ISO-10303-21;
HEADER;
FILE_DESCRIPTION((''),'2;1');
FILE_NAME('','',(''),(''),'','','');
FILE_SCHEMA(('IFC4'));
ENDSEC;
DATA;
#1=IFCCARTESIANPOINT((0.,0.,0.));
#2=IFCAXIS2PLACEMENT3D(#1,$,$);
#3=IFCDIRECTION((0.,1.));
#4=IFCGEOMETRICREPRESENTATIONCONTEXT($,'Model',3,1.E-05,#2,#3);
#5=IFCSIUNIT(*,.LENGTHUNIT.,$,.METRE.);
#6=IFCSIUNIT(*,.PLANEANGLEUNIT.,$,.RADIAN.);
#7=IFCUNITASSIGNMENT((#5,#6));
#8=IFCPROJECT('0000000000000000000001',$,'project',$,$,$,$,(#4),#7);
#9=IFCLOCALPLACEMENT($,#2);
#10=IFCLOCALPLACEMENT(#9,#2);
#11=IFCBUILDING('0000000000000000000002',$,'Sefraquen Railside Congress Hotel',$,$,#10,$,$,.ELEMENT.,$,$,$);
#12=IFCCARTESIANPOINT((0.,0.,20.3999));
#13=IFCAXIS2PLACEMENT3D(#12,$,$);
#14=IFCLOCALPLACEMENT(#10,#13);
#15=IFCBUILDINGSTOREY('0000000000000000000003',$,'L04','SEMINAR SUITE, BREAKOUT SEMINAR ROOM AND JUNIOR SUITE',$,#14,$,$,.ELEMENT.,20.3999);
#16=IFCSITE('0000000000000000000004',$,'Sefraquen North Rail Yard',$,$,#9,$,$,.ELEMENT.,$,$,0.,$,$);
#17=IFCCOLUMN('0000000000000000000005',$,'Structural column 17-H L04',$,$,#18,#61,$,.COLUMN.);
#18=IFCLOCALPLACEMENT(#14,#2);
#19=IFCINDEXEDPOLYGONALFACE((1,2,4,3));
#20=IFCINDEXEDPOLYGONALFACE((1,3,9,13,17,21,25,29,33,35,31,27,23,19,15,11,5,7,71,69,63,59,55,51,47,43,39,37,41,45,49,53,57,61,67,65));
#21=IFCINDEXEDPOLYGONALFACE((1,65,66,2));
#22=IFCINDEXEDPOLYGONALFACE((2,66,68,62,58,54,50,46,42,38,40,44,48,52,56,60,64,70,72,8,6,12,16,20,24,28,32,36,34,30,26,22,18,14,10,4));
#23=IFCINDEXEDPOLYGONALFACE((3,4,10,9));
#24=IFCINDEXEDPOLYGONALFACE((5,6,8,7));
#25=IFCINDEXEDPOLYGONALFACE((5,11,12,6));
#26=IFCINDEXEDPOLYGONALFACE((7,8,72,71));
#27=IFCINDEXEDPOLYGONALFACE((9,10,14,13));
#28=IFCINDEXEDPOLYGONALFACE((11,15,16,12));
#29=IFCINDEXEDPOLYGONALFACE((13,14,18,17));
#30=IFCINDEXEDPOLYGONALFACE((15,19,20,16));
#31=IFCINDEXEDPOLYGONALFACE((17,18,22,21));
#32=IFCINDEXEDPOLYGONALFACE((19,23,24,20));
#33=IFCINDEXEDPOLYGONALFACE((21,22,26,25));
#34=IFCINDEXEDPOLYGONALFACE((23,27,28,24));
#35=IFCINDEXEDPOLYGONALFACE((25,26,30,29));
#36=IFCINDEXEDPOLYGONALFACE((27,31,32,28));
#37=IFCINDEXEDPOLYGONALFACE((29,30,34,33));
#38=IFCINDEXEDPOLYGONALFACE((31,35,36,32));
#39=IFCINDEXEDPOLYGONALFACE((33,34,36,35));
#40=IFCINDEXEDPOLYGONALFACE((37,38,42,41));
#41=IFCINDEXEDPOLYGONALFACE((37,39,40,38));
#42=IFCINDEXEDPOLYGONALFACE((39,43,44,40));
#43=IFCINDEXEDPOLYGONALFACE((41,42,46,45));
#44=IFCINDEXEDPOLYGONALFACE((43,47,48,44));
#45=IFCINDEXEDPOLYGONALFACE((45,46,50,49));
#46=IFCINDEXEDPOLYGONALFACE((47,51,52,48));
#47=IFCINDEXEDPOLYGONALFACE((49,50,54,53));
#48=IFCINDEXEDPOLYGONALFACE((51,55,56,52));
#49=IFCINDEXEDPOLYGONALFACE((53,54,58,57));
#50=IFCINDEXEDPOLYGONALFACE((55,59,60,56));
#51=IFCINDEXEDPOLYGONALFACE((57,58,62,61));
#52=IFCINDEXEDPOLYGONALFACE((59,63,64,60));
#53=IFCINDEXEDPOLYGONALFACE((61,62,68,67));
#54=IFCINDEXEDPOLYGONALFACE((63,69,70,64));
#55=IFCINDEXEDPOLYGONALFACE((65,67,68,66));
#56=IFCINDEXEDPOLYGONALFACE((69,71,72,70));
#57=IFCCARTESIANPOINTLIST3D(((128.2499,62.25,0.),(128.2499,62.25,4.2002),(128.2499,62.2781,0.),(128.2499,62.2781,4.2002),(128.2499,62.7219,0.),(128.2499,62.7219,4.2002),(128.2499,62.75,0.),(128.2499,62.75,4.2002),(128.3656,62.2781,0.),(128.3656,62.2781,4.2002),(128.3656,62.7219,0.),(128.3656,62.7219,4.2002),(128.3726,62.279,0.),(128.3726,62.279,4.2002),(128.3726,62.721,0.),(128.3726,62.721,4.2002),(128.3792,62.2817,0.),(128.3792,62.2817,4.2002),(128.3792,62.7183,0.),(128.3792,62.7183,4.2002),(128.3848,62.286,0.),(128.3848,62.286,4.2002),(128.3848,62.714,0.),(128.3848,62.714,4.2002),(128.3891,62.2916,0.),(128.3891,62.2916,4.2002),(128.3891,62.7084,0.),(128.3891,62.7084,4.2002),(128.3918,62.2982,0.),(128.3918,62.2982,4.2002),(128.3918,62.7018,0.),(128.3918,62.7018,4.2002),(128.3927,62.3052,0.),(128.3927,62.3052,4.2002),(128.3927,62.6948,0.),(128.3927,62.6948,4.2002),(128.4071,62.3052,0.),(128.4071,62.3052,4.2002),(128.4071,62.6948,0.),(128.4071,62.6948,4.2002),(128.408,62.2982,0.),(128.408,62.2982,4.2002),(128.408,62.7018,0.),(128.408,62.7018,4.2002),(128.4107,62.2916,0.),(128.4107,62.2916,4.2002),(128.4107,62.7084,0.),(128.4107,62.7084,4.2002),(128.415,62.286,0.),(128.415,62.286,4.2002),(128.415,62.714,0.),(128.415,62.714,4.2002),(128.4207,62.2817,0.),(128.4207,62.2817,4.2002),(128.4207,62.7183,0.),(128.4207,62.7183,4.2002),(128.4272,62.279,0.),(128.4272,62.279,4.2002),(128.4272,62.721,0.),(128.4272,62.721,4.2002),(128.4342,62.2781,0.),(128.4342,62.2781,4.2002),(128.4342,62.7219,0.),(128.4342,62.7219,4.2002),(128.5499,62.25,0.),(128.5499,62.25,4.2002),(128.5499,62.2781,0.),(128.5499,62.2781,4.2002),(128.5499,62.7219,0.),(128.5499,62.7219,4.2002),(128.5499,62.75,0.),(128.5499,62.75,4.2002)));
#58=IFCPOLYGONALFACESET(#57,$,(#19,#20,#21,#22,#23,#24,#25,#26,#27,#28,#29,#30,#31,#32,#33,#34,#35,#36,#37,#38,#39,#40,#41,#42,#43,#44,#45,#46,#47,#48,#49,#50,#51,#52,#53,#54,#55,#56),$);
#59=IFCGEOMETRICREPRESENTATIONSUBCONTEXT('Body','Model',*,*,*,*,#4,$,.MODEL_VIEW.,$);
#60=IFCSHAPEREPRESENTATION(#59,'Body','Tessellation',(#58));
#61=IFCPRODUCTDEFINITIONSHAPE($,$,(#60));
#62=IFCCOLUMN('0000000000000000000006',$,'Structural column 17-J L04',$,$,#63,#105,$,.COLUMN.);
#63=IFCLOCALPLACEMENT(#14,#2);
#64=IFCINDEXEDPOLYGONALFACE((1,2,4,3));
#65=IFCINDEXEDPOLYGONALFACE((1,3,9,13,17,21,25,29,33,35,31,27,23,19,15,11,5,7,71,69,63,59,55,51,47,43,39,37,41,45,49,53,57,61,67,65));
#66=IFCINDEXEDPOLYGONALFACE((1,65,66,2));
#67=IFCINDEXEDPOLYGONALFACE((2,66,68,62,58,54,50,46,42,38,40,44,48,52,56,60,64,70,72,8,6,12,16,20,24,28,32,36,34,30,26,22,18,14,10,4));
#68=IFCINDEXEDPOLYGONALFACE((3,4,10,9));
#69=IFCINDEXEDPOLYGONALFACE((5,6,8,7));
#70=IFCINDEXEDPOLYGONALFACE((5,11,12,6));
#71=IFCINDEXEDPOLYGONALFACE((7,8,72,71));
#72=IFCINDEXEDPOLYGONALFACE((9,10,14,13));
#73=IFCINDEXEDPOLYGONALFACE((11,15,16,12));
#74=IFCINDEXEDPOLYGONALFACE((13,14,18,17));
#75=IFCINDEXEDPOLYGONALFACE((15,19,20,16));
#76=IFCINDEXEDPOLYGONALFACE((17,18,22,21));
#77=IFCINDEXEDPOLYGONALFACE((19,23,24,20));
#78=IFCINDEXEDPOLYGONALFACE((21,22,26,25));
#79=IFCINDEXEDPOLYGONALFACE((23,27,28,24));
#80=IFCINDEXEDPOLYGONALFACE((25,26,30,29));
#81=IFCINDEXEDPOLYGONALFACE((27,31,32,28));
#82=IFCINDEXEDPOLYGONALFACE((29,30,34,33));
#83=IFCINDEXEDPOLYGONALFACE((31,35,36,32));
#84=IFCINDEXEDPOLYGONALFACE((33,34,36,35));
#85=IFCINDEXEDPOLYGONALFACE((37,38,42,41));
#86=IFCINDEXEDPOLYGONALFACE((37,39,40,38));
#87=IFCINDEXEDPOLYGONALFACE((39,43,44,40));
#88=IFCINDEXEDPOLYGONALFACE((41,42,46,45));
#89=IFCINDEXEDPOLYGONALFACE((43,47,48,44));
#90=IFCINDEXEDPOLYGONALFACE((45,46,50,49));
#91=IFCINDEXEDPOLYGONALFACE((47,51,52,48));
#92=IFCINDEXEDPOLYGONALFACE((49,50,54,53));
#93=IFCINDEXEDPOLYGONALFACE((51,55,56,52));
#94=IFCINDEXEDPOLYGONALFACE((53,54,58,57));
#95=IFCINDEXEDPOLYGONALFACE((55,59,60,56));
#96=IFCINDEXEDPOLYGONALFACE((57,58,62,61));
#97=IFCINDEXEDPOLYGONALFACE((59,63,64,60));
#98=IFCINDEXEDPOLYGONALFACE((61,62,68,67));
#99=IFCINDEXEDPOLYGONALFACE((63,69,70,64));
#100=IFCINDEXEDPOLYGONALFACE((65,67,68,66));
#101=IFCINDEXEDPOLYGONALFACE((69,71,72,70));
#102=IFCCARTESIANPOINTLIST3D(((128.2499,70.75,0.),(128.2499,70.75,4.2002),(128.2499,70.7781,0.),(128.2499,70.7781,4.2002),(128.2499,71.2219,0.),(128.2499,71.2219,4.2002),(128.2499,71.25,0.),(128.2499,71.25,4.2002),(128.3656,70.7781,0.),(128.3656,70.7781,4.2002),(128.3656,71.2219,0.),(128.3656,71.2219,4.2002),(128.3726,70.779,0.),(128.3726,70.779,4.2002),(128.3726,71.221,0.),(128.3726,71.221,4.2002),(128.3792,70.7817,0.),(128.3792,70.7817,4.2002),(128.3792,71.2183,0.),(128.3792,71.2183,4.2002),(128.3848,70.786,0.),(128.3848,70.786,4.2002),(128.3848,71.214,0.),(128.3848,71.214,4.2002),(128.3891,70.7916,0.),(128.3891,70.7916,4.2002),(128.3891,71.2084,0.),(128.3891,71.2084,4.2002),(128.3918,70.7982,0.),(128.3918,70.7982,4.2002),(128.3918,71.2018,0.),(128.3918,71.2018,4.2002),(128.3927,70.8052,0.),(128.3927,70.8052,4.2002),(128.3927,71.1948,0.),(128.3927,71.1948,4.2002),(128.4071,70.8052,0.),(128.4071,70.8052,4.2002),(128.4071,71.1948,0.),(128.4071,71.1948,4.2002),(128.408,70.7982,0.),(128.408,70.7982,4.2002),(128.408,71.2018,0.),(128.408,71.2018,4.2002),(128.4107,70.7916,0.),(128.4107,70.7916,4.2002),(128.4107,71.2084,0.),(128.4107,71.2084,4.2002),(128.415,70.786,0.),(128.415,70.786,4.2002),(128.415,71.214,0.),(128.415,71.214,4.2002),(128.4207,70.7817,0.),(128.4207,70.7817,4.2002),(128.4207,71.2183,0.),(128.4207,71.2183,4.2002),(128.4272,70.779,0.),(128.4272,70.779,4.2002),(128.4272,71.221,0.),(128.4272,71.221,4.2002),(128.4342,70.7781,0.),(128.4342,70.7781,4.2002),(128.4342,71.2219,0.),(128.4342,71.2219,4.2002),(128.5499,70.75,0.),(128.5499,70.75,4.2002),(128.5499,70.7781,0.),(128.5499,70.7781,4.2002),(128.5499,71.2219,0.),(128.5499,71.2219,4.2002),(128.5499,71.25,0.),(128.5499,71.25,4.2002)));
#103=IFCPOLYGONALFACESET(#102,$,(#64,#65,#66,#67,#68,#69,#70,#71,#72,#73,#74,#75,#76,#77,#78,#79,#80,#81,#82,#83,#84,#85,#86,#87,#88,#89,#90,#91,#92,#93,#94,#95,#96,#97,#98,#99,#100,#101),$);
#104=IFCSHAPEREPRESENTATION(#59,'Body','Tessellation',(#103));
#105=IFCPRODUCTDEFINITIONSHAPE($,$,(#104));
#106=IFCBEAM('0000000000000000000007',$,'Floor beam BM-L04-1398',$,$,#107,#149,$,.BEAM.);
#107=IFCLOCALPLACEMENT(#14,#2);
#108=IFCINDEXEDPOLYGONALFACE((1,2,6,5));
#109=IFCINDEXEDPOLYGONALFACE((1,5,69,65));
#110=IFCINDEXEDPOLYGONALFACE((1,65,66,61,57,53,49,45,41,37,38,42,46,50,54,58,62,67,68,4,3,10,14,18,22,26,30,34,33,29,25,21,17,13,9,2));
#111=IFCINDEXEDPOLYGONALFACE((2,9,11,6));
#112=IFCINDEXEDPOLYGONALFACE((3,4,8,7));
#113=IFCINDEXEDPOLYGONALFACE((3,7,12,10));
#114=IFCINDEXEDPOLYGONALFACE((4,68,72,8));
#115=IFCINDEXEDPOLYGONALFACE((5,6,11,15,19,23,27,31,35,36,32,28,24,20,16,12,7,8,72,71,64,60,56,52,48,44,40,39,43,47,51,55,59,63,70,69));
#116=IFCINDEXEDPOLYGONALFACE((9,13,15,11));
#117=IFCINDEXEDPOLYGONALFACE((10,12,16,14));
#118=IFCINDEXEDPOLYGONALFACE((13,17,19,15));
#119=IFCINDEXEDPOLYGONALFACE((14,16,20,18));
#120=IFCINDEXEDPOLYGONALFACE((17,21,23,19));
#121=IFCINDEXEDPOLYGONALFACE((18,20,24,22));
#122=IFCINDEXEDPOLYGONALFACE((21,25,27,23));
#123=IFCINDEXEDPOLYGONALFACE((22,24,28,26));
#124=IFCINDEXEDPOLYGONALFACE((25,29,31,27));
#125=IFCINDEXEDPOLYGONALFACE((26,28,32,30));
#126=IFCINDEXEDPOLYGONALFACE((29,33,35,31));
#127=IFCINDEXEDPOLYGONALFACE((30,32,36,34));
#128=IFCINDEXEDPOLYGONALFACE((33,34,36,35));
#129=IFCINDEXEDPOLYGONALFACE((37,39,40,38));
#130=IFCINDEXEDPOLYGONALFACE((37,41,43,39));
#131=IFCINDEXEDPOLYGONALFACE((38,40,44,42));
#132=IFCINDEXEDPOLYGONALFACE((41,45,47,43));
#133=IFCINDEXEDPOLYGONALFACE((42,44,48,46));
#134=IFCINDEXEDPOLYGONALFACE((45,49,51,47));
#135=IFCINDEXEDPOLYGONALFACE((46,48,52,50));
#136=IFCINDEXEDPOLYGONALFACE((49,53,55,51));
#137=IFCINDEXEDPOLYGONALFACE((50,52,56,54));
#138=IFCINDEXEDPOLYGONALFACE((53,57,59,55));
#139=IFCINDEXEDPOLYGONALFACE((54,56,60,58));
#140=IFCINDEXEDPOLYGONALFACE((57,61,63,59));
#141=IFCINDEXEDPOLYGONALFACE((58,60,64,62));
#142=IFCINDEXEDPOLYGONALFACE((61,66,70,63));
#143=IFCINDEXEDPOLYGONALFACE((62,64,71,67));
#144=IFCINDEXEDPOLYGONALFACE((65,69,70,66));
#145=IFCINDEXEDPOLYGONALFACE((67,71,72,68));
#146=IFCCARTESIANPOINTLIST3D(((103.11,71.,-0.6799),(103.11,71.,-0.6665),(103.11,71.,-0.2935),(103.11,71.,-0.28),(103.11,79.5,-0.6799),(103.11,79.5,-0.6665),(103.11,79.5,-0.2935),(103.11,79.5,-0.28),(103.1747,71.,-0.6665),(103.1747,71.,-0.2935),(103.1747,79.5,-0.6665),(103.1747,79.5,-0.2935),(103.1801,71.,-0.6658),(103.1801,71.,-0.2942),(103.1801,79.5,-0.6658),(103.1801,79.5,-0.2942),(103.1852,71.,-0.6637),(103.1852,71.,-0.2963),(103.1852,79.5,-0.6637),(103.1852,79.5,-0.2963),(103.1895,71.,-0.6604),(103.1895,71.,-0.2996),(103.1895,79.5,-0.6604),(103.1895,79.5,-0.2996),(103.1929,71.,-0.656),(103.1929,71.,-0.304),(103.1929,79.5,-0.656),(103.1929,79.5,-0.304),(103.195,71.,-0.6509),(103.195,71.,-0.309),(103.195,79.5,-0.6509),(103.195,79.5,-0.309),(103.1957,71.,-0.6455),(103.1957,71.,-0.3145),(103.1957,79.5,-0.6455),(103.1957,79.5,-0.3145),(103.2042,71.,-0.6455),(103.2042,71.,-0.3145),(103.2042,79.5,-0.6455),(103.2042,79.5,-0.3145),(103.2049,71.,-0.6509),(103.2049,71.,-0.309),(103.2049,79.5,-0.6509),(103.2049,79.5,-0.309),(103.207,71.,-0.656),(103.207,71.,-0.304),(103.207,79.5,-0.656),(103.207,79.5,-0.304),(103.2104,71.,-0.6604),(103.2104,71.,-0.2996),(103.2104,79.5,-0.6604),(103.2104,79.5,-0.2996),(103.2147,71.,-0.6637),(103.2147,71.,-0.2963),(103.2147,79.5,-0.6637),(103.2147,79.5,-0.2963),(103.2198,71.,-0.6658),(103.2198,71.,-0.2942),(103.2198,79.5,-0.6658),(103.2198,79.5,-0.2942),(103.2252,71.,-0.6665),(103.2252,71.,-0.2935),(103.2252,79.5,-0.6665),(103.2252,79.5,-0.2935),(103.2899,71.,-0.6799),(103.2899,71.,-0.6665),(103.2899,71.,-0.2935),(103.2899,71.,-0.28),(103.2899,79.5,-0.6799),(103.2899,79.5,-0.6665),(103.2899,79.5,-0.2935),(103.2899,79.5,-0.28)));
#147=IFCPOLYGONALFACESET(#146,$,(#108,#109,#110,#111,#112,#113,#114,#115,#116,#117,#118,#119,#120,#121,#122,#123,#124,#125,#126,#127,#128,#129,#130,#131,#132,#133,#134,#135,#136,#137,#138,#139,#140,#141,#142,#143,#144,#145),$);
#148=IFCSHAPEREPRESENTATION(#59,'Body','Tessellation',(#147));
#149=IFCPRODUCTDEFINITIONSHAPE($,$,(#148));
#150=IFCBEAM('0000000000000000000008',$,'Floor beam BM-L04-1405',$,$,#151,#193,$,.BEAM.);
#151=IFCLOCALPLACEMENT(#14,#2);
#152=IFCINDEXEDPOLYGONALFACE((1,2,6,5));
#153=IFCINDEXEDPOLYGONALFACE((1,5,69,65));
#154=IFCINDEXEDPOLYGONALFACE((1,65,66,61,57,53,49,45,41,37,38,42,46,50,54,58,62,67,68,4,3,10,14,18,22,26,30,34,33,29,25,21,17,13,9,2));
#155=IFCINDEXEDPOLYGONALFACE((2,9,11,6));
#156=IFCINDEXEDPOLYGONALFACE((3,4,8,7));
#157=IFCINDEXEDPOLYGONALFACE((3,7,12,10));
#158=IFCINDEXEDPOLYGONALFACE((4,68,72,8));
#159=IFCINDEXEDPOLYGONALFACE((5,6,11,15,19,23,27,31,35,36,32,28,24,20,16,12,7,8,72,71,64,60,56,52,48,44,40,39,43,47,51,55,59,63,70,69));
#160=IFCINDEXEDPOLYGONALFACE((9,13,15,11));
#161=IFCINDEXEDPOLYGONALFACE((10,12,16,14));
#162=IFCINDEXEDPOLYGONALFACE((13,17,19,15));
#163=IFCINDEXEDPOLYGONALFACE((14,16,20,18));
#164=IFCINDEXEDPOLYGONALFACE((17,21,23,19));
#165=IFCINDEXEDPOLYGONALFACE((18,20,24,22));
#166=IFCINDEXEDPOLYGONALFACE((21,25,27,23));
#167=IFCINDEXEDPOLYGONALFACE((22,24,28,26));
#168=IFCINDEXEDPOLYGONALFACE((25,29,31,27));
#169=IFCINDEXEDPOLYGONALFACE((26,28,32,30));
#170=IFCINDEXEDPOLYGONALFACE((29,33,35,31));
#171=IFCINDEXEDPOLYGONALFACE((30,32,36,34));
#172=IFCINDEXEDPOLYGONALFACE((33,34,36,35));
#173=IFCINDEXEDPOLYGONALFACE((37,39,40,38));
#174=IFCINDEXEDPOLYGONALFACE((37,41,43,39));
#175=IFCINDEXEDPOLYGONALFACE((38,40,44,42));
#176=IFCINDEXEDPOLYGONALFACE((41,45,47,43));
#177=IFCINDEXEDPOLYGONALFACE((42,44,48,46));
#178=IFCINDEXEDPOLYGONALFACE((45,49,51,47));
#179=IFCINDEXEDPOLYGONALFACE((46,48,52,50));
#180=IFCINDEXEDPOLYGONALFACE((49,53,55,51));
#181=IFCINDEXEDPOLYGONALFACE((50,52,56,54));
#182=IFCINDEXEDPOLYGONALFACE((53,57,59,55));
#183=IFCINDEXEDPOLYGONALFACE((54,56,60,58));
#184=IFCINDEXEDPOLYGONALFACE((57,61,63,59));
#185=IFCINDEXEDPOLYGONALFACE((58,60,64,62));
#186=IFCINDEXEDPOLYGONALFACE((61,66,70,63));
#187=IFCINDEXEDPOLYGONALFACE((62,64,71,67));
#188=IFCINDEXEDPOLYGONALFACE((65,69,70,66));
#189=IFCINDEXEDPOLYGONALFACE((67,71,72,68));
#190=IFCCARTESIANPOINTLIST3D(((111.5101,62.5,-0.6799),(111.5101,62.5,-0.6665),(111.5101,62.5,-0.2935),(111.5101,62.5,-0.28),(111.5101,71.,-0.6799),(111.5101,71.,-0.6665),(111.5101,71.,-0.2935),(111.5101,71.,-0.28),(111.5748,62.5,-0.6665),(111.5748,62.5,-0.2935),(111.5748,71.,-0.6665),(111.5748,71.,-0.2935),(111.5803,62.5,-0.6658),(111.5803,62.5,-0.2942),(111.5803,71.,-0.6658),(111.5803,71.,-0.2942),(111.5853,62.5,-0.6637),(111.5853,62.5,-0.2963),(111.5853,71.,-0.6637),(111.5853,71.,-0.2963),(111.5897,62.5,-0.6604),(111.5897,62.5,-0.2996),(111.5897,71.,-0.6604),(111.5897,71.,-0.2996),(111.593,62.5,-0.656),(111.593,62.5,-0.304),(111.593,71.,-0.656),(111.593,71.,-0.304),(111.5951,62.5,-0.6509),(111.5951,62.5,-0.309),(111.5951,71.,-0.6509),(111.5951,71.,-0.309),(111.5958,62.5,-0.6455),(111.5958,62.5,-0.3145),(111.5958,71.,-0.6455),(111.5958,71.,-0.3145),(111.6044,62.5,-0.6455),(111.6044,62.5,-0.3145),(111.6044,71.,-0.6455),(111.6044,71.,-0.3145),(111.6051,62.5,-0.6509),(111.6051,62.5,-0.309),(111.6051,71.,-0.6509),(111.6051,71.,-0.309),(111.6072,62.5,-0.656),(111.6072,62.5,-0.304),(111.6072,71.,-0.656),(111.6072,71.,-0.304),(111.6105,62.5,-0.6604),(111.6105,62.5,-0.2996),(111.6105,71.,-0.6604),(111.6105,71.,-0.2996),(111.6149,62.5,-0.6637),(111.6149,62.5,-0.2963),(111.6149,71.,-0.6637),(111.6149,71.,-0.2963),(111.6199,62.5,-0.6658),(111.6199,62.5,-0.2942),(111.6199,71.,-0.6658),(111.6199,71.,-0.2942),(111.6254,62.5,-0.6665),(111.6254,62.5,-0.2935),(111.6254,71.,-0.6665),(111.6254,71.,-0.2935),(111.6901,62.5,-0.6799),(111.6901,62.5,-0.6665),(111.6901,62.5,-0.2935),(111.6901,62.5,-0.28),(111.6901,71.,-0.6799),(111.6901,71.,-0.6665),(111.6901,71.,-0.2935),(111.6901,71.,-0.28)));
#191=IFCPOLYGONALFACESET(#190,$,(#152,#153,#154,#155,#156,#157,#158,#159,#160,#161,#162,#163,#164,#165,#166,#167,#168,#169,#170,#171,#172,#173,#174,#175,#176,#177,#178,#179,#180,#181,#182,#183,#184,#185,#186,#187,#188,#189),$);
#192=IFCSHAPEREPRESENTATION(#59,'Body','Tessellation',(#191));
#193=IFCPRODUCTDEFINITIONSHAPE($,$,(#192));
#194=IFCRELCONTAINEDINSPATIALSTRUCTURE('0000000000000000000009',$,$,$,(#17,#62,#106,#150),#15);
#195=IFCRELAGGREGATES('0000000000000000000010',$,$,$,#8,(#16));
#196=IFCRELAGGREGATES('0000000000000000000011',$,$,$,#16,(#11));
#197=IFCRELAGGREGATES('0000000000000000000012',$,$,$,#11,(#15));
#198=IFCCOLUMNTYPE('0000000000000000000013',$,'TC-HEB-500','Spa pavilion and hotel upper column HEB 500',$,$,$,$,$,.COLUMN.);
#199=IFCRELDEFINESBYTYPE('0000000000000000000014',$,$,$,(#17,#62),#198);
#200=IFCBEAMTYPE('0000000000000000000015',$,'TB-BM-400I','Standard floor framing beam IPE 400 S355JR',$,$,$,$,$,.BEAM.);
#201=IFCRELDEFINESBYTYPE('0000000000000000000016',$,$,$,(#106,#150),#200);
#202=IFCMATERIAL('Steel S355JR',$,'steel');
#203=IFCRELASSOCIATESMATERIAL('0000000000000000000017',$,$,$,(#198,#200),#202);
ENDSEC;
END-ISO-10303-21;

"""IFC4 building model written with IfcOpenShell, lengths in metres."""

from ifc_helpers import new_model, si_unit, direction, frame, origin, origin_2d, place, context, subcontext, project, spatial, i_section, extrude, material, material_profile, profile_set, type_object, element, save


model = new_model("IFC4")

# Units and contexts
model_context = context("Model", 3, precision=1e-05, world=origin(), true_north=direction((0.0, 1.0)))
body_context = subcontext(model_context, "Body", "Model", "MODEL_VIEW")
ifc_project = project(units=[si_unit("LENGTHUNIT", "METRE"), si_unit("PLANEANGLEUNIT", "RADIAN")], contexts=[model_context])

# Site, building, storey
site_placement = place(None, origin())
site = spatial("IfcSite", under=ifc_project, at=site_placement, Name="Sefraquen North Rail Yard", CompositionType="ELEMENT", RefElevation=0.0)
building_placement = place(site_placement, origin())
building = spatial("IfcBuilding", under=site, at=building_placement, Name="Sefraquen Railside Congress Hotel", CompositionType="ELEMENT")
storey_placement = place(building_placement, frame((0.0, 0.0, 20.3999)))
storey = spatial("IfcBuildingStorey", under=building, at=storey_placement, Name="L04", Description="SEMINAR SUITE, BREAKOUT SEMINAR ROOM AND JUNIOR SUITE", CompositionType="ELEMENT", Elevation=20.3999)

# Columns
ifc_material_1 = material(Name="Steel S355JR", Category="steel")
ifc_material_profile_1 = material_profile(ifc_material_1, i_section(OverallWidth=0.3, OverallDepth=0.5, WebThickness=0.0144, FlangeThickness=0.0281, FilletRadius=0.0271, at=origin_2d()), Name="HEB 500")
ifc_profile_set_1 = profile_set([ifc_material_profile_1], Name="Steel S355JR")
column_type = type_object("IfcColumnType", Name="TC-HEB-500", Description="Spa pavilion and hotel upper column HEB 500", PredefinedType="COLUMN", material=ifc_profile_set_1)
for number, where, z_axis, x_axis, name in (
    (1, (128.3999, 62.5, 0.0), (0.0, 0.0, 1.0), (1.0, 0.0, 0.0), "Structural column 17-H L04"),
    (2, (128.3999, 71.0, 0.0), (0.0, 0.0, 1.0), (1.0, 0.0, 0.0), "Structural column 17-J L04"),
):
    element("IfcColumn", number, at=place(storey_placement, frame(where, z_axis=z_axis, x_axis=x_axis)), inside=storey, type_object=column_type, Name=name, PredefinedType="COLUMN", context=body_context, shape_type="SweptSolid", body=[
        extrude(i_section(OverallWidth=0.3, OverallDepth=0.5, WebThickness=0.0144, FlangeThickness=0.0281, FilletRadius=0.0271, at=origin_2d()), origin(), (0.0, 0.0, 1.0), 4.2002),
    ])

# Beams
ifc_material_profile_2 = material_profile(ifc_material_1, i_section(OverallWidth=0.1799, OverallDepth=0.3999, WebThickness=0.0085, FlangeThickness=0.0134, FilletRadius=0.021, at=origin_2d()), Name="IPE 400")
ifc_profile_set_2 = profile_set([ifc_material_profile_2], Name="Steel S355JR")
beam_type_1 = type_object("IfcBeamType", Name="TB-BM-400I", Description="Standard floor framing beam IPE 400 S355JR", PredefinedType="BEAM", material=ifc_profile_set_2)
for number, where, z_axis, x_axis, name in (
    (3, (103.2, 71.0, -0.48), (0.0, 1.0, 0.0), (-1.0, 0.0, 0.0), "Floor beam BM-L04-1398"),
    (4, (111.6001, 62.5, -0.48), (0.0, 1.0, 0.0), (-1.0, 0.0, 0.0), "Floor beam BM-L04-1405"),
):
    element("IfcBeam", number, at=place(storey_placement, frame(where, z_axis=z_axis, x_axis=x_axis)), inside=storey, type_object=beam_type_1, Name=name, PredefinedType="BEAM", context=body_context, shape_type="SweptSolid", body=[
        extrude(i_section(OverallWidth=0.1799, OverallDepth=0.3999, WebThickness=0.0085, FlangeThickness=0.0134, FilletRadius=0.021, at=origin_2d()), origin(), (0.0, 0.0, 1.0), 8.5),
    ])

save(model, "model.ifc")
